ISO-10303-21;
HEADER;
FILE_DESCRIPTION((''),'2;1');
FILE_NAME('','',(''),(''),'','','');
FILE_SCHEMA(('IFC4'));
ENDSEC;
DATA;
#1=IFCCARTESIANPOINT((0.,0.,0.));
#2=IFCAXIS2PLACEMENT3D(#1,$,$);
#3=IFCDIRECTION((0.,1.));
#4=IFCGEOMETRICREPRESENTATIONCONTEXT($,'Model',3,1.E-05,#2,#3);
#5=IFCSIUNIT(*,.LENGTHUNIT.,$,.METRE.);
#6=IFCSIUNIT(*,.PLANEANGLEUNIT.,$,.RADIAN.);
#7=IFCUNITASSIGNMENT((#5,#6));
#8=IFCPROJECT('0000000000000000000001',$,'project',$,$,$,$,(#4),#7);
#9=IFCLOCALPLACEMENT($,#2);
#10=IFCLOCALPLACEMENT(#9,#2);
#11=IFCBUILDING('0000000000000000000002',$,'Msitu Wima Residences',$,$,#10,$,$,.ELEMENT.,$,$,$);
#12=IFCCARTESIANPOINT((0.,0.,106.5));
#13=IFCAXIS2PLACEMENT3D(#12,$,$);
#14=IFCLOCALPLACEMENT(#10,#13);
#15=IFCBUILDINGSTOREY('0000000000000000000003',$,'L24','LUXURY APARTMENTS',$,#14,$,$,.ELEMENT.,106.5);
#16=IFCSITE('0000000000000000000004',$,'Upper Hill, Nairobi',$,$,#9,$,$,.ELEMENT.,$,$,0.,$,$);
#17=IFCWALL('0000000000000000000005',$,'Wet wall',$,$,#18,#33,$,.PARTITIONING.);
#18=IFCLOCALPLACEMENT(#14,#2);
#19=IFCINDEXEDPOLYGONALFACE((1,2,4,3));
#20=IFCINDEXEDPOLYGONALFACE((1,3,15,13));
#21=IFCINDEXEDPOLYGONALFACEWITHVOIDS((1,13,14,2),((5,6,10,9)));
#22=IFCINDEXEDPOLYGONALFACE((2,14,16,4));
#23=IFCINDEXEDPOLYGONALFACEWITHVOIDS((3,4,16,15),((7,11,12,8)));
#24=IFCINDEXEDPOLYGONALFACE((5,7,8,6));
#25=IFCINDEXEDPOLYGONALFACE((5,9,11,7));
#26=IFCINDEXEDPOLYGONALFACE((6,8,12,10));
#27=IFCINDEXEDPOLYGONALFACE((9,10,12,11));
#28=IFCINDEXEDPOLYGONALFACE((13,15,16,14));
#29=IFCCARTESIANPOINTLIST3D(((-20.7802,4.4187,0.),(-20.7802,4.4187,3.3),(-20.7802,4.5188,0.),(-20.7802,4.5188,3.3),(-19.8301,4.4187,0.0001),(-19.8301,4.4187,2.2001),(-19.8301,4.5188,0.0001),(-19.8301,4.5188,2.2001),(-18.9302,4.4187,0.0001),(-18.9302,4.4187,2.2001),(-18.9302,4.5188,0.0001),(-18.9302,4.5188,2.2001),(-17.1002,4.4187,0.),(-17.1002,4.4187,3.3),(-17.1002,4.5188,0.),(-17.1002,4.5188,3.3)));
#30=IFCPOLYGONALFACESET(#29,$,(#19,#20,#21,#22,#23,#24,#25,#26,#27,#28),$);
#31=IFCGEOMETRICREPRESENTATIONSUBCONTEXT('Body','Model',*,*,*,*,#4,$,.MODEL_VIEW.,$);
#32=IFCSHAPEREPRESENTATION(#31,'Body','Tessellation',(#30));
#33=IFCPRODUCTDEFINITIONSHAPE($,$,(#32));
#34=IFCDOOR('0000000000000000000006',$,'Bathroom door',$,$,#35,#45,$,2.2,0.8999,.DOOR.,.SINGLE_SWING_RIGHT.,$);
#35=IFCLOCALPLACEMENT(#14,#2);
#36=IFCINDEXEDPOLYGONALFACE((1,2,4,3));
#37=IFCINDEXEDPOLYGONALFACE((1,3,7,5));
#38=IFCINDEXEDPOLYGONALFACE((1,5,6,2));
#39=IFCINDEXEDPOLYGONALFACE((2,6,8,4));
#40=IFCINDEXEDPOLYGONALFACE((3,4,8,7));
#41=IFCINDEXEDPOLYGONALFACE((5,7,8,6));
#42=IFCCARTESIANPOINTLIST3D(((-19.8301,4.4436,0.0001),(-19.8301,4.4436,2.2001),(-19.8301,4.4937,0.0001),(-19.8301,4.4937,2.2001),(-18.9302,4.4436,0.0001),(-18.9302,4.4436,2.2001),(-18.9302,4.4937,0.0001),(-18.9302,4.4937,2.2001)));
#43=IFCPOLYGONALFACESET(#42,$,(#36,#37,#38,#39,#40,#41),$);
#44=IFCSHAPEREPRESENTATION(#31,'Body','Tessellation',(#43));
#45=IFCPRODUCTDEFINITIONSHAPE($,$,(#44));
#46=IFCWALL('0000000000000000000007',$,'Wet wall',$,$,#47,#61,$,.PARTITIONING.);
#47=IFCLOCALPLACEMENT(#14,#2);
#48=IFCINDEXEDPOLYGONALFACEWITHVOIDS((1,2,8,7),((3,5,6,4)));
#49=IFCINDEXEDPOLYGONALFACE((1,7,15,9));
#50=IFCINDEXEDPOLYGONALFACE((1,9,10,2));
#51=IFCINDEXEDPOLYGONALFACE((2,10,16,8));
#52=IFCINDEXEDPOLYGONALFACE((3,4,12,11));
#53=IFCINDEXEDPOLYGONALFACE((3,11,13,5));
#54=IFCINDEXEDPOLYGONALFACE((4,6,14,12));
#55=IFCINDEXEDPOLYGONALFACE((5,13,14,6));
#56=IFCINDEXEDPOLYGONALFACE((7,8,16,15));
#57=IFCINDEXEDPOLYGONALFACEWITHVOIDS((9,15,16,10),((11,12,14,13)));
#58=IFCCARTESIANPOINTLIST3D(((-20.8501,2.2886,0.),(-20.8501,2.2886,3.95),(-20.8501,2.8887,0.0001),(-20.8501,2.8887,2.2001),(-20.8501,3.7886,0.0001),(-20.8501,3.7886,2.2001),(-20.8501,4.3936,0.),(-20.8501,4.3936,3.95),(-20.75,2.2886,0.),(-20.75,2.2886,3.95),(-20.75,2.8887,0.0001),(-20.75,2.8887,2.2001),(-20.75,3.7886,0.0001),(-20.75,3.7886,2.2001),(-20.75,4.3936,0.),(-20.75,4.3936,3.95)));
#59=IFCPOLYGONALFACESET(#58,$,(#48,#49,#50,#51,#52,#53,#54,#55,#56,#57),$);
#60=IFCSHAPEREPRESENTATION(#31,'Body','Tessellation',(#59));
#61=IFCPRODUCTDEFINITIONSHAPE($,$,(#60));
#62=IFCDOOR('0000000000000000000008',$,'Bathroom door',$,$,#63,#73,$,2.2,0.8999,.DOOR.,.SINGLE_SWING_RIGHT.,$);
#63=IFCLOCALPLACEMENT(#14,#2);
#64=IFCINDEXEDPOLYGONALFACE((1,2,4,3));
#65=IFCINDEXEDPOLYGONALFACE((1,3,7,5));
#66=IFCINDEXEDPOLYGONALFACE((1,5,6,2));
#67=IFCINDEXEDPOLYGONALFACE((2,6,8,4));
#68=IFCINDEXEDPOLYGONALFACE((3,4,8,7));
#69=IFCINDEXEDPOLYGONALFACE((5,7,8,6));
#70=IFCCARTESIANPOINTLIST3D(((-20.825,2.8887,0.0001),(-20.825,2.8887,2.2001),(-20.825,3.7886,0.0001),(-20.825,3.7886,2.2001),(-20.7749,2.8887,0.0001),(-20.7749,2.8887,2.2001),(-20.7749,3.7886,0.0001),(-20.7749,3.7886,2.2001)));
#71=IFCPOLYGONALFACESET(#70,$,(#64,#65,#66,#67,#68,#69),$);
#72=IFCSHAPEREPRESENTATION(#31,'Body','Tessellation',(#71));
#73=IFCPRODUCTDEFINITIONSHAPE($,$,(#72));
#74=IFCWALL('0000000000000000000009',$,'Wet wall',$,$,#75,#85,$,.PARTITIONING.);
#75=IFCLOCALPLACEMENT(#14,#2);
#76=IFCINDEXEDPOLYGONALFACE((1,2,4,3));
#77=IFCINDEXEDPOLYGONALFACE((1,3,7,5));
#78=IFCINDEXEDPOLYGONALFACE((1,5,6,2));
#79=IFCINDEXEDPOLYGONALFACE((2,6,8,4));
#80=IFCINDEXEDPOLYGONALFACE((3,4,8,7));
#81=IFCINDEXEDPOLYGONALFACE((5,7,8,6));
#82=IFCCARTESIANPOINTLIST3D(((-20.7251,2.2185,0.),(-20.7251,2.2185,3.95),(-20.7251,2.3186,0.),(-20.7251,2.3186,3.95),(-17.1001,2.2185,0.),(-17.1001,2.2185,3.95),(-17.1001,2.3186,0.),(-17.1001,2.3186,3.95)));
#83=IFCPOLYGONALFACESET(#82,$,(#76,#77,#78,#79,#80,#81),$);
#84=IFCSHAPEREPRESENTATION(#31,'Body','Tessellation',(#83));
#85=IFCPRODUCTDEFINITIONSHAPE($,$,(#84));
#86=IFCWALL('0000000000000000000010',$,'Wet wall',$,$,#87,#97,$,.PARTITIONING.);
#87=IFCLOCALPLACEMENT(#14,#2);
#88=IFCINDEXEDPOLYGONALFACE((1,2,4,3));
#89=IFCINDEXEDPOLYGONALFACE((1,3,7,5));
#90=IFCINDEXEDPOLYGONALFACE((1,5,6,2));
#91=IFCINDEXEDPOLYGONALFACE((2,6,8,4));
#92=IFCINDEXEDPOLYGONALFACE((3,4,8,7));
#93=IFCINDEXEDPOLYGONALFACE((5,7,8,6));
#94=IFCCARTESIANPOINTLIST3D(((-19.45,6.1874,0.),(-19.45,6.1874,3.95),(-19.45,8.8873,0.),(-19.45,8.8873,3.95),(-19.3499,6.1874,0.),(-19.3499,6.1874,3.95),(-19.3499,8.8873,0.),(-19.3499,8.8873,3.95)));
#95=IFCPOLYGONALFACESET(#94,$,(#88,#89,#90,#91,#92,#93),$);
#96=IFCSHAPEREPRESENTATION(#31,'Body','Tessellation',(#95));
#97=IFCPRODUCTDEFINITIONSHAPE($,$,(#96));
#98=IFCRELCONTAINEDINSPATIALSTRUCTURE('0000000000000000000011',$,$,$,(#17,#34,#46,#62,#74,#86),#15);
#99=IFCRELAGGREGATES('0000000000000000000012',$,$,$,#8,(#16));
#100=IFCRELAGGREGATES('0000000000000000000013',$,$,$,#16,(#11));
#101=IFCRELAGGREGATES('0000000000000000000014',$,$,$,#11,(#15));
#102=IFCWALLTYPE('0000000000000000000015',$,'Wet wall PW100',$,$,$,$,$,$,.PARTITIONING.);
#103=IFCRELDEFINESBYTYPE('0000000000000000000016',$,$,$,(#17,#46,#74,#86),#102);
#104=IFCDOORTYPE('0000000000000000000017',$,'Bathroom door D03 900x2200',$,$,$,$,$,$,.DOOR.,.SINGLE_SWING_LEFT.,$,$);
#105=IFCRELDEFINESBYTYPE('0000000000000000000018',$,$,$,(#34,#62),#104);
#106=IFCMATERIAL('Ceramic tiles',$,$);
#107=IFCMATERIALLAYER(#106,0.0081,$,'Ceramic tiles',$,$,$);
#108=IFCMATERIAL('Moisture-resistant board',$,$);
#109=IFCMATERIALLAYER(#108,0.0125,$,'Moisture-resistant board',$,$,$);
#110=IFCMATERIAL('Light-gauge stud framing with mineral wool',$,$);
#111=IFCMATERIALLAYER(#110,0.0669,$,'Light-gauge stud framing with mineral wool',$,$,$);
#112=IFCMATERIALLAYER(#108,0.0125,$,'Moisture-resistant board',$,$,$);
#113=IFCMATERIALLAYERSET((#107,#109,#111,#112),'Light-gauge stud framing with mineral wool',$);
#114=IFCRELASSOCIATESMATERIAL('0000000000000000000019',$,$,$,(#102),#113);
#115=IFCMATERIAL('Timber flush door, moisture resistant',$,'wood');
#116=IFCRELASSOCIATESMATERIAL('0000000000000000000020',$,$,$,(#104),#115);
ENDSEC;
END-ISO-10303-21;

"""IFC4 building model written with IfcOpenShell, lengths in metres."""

from ifc_helpers import new_model, si_unit, direction, frame, frame_2d, origin, place, context, subcontext, project, spatial, rectangle, extrude, material, layer, layer_set, type_object, element, fill, save


model = new_model("IFC4")

# Units and contexts
model_context = context("Model", 3, precision=1e-05, world=origin(), true_north=direction((0.0, 1.0)))
body_context = subcontext(model_context, "Body", "Model", "MODEL_VIEW")
ifc_project = project(units=[si_unit("LENGTHUNIT", "METRE"), si_unit("PLANEANGLEUNIT", "RADIAN")], contexts=[model_context])

# Site, building, storey
site_placement = place(None, origin())
site = spatial("IfcSite", under=ifc_project, at=site_placement, Name="Upper Hill, Nairobi", CompositionType="ELEMENT", RefElevation=0.0)
building_placement = place(site_placement, origin())
building = spatial("IfcBuilding", under=site, at=building_placement, Name="Msitu Wima Residences", CompositionType="ELEMENT")
storey_placement = place(building_placement, frame((0.0, 0.0, 106.5)))
storey = spatial("IfcBuildingStorey", under=building, at=storey_placement, Name="L24", Description="LUXURY APARTMENTS", CompositionType="ELEMENT", Elevation=106.5)

# Shared definitions
ifc_material_1 = material(Name="Ceramic tiles")
ifc_layer_1 = layer(ifc_material_1, 0.0081, Name="Ceramic tiles")
ifc_material_2 = material(Name="Moisture-resistant board")
ifc_layer_2 = layer(ifc_material_2, 0.0125, Name="Moisture-resistant board")
ifc_material_3 = material(Name="Light-gauge stud framing with mineral wool")
ifc_layer_3 = layer(ifc_material_3, 0.0669, Name="Light-gauge stud framing with mineral wool")
ifc_layer_4 = layer(ifc_material_2, 0.0125, Name="Moisture-resistant board")
ifc_layer_set_1 = layer_set([ifc_layer_1, ifc_layer_2, ifc_layer_3, ifc_layer_4], Name="Light-gauge stud framing with mineral wool")
wall_type_1 = type_object("IfcWallType", Name="Wet wall PW100", PredefinedType="PARTITIONING", material=ifc_layer_set_1)

# Shared definitions
ifc_material_4 = material(Name="Timber flush door, moisture resistant", Category="wood")
door_type_1 = type_object("IfcDoorType", Name="Bathroom door D03 900x2200", OperationType="SINGLE_SWING_LEFT", PredefinedType="DOOR", material=ifc_material_4)

# Walls, openings, doors
wall_1_placement = place(storey_placement, frame((-20.78, 4.4688, 0.0), z_axis=(0.0, 0.0, 1.0), x_axis=(1.0, 0.0, 0.0)))
wall_1 = element("IfcWall", 1, at=wall_1_placement, inside=storey, type_object=wall_type_1, Name="Wet wall", PredefinedType="PARTITIONING", context=body_context, shape_type="SweptSolid", body=[
    extrude(rectangle(XDim=3.6799, YDim=0.1001, at=frame_2d((1.8398, 0.0))), origin(), (0.0, 0.0, 1.0), 3.3),
])
opening_1_placement = place(wall_1_placement, frame((0.95, 0.0, 0.0)))
opening_1 = element("IfcOpeningElement", 2, at=opening_1_placement, cuts=wall_1, PredefinedType="OPENING", context=body_context, shape_type="SweptSolid", body=[
    extrude(rectangle(XDim=0.8999, YDim=2.2, at=frame_2d((0.45, 1.1001))), frame((0.0, 0.0601, 0.0), z_axis=(0.0, -1.0, 0.0), x_axis=(1.0, 0.0, 0.0)), (0.0, 0.0, 1.0), 0.1201),
])
door_1_placement = place(opening_1_placement, origin())
door_1 = element("IfcDoor", 3, at=door_1_placement, inside=storey, type_object=door_type_1, Name="Bathroom door", OperationType="SINGLE_SWING_RIGHT", OverallHeight=2.2, OverallWidth=0.8999, PredefinedType="DOOR", context=body_context, shape_type="SweptSolid", body=[
    extrude(rectangle(XDim=0.8999, YDim=2.2, at=frame_2d((0.45, 1.1001))), frame((0.0, 0.0249, 0.0), z_axis=(0.0, -1.0, 0.0), x_axis=(1.0, 0.0, 0.0)), (0.0, 0.0, 1.0), 0.05),
])
fill(opening_1, door_1)
wall_2_placement = place(storey_placement, frame((-20.8, 2.2886, 0.0), z_axis=(0.0, 0.0, 1.0), x_axis=(0.0, 1.0, 0.0)))
wall_2 = element("IfcWall", 4, at=wall_2_placement, inside=storey, type_object=wall_type_1, Name="Wet wall", PredefinedType="PARTITIONING", context=body_context, shape_type="SweptSolid", body=[
    extrude(rectangle(XDim=2.105, YDim=0.1001, at=frame_2d((1.0525, 0.0))), origin(), (0.0, 0.0, 1.0), 3.95),
])
opening_2_placement = place(wall_2_placement, frame((0.6001, 0.0, 0.0)))
opening_2 = element("IfcOpeningElement", 5, at=opening_2_placement, cuts=wall_2, PredefinedType="OPENING", context=body_context, shape_type="SweptSolid", body=[
    extrude(rectangle(XDim=0.8999, YDim=2.2, at=frame_2d((0.45, 1.1001))), frame((0.0, 0.0601, 0.0), z_axis=(0.0, -1.0, 0.0), x_axis=(1.0, 0.0, 0.0)), (0.0, 0.0, 1.0), 0.1201),
])
door_2_placement = place(opening_2_placement, origin())
door_2 = element("IfcDoor", 6, at=door_2_placement, inside=storey, type_object=door_type_1, Name="Bathroom door", OperationType="SINGLE_SWING_RIGHT", OverallHeight=2.2, OverallWidth=0.8999, PredefinedType="DOOR", context=body_context, shape_type="SweptSolid", body=[
    extrude(rectangle(XDim=0.8999, YDim=2.2, at=frame_2d((0.45, 1.1001))), frame((0.0, 0.0249, 0.0), z_axis=(0.0, -1.0, 0.0), x_axis=(1.0, 0.0, 0.0)), (0.0, 0.0, 1.0), 0.05),
])
fill(opening_2, door_2)

# Walls
wall_3_placement = place(storey_placement, frame((-20.7251, 2.2686, 0.0), z_axis=(0.0, 0.0, 1.0), x_axis=(1.0, 0.0, 0.0)))
element("IfcWall", 7, at=wall_3_placement, inside=storey, type_object=wall_type_1, Name="Wet wall", PredefinedType="PARTITIONING", context=body_context, shape_type="SweptSolid", body=[
    extrude(rectangle(XDim=3.625, YDim=0.1001, at=frame_2d((1.8125, 0.0))), origin(), (0.0, 0.0, 1.0), 3.95),
])
wall_4_placement = place(storey_placement, frame((-19.3999, 6.1873, 0.0), z_axis=(0.0, 0.0, 1.0), x_axis=(0.0, 1.0, 0.0)))
element("IfcWall", 8, at=wall_4_placement, inside=storey, type_object=wall_type_1, Name="Wet wall", PredefinedType="PARTITIONING", context=body_context, shape_type="SweptSolid", body=[
    extrude(rectangle(XDim=2.7, YDim=0.1001, at=frame_2d((1.3501, 0.0))), origin(), (0.0, 0.0, 1.0), 3.95),
])

save(model, "model.ifc")
